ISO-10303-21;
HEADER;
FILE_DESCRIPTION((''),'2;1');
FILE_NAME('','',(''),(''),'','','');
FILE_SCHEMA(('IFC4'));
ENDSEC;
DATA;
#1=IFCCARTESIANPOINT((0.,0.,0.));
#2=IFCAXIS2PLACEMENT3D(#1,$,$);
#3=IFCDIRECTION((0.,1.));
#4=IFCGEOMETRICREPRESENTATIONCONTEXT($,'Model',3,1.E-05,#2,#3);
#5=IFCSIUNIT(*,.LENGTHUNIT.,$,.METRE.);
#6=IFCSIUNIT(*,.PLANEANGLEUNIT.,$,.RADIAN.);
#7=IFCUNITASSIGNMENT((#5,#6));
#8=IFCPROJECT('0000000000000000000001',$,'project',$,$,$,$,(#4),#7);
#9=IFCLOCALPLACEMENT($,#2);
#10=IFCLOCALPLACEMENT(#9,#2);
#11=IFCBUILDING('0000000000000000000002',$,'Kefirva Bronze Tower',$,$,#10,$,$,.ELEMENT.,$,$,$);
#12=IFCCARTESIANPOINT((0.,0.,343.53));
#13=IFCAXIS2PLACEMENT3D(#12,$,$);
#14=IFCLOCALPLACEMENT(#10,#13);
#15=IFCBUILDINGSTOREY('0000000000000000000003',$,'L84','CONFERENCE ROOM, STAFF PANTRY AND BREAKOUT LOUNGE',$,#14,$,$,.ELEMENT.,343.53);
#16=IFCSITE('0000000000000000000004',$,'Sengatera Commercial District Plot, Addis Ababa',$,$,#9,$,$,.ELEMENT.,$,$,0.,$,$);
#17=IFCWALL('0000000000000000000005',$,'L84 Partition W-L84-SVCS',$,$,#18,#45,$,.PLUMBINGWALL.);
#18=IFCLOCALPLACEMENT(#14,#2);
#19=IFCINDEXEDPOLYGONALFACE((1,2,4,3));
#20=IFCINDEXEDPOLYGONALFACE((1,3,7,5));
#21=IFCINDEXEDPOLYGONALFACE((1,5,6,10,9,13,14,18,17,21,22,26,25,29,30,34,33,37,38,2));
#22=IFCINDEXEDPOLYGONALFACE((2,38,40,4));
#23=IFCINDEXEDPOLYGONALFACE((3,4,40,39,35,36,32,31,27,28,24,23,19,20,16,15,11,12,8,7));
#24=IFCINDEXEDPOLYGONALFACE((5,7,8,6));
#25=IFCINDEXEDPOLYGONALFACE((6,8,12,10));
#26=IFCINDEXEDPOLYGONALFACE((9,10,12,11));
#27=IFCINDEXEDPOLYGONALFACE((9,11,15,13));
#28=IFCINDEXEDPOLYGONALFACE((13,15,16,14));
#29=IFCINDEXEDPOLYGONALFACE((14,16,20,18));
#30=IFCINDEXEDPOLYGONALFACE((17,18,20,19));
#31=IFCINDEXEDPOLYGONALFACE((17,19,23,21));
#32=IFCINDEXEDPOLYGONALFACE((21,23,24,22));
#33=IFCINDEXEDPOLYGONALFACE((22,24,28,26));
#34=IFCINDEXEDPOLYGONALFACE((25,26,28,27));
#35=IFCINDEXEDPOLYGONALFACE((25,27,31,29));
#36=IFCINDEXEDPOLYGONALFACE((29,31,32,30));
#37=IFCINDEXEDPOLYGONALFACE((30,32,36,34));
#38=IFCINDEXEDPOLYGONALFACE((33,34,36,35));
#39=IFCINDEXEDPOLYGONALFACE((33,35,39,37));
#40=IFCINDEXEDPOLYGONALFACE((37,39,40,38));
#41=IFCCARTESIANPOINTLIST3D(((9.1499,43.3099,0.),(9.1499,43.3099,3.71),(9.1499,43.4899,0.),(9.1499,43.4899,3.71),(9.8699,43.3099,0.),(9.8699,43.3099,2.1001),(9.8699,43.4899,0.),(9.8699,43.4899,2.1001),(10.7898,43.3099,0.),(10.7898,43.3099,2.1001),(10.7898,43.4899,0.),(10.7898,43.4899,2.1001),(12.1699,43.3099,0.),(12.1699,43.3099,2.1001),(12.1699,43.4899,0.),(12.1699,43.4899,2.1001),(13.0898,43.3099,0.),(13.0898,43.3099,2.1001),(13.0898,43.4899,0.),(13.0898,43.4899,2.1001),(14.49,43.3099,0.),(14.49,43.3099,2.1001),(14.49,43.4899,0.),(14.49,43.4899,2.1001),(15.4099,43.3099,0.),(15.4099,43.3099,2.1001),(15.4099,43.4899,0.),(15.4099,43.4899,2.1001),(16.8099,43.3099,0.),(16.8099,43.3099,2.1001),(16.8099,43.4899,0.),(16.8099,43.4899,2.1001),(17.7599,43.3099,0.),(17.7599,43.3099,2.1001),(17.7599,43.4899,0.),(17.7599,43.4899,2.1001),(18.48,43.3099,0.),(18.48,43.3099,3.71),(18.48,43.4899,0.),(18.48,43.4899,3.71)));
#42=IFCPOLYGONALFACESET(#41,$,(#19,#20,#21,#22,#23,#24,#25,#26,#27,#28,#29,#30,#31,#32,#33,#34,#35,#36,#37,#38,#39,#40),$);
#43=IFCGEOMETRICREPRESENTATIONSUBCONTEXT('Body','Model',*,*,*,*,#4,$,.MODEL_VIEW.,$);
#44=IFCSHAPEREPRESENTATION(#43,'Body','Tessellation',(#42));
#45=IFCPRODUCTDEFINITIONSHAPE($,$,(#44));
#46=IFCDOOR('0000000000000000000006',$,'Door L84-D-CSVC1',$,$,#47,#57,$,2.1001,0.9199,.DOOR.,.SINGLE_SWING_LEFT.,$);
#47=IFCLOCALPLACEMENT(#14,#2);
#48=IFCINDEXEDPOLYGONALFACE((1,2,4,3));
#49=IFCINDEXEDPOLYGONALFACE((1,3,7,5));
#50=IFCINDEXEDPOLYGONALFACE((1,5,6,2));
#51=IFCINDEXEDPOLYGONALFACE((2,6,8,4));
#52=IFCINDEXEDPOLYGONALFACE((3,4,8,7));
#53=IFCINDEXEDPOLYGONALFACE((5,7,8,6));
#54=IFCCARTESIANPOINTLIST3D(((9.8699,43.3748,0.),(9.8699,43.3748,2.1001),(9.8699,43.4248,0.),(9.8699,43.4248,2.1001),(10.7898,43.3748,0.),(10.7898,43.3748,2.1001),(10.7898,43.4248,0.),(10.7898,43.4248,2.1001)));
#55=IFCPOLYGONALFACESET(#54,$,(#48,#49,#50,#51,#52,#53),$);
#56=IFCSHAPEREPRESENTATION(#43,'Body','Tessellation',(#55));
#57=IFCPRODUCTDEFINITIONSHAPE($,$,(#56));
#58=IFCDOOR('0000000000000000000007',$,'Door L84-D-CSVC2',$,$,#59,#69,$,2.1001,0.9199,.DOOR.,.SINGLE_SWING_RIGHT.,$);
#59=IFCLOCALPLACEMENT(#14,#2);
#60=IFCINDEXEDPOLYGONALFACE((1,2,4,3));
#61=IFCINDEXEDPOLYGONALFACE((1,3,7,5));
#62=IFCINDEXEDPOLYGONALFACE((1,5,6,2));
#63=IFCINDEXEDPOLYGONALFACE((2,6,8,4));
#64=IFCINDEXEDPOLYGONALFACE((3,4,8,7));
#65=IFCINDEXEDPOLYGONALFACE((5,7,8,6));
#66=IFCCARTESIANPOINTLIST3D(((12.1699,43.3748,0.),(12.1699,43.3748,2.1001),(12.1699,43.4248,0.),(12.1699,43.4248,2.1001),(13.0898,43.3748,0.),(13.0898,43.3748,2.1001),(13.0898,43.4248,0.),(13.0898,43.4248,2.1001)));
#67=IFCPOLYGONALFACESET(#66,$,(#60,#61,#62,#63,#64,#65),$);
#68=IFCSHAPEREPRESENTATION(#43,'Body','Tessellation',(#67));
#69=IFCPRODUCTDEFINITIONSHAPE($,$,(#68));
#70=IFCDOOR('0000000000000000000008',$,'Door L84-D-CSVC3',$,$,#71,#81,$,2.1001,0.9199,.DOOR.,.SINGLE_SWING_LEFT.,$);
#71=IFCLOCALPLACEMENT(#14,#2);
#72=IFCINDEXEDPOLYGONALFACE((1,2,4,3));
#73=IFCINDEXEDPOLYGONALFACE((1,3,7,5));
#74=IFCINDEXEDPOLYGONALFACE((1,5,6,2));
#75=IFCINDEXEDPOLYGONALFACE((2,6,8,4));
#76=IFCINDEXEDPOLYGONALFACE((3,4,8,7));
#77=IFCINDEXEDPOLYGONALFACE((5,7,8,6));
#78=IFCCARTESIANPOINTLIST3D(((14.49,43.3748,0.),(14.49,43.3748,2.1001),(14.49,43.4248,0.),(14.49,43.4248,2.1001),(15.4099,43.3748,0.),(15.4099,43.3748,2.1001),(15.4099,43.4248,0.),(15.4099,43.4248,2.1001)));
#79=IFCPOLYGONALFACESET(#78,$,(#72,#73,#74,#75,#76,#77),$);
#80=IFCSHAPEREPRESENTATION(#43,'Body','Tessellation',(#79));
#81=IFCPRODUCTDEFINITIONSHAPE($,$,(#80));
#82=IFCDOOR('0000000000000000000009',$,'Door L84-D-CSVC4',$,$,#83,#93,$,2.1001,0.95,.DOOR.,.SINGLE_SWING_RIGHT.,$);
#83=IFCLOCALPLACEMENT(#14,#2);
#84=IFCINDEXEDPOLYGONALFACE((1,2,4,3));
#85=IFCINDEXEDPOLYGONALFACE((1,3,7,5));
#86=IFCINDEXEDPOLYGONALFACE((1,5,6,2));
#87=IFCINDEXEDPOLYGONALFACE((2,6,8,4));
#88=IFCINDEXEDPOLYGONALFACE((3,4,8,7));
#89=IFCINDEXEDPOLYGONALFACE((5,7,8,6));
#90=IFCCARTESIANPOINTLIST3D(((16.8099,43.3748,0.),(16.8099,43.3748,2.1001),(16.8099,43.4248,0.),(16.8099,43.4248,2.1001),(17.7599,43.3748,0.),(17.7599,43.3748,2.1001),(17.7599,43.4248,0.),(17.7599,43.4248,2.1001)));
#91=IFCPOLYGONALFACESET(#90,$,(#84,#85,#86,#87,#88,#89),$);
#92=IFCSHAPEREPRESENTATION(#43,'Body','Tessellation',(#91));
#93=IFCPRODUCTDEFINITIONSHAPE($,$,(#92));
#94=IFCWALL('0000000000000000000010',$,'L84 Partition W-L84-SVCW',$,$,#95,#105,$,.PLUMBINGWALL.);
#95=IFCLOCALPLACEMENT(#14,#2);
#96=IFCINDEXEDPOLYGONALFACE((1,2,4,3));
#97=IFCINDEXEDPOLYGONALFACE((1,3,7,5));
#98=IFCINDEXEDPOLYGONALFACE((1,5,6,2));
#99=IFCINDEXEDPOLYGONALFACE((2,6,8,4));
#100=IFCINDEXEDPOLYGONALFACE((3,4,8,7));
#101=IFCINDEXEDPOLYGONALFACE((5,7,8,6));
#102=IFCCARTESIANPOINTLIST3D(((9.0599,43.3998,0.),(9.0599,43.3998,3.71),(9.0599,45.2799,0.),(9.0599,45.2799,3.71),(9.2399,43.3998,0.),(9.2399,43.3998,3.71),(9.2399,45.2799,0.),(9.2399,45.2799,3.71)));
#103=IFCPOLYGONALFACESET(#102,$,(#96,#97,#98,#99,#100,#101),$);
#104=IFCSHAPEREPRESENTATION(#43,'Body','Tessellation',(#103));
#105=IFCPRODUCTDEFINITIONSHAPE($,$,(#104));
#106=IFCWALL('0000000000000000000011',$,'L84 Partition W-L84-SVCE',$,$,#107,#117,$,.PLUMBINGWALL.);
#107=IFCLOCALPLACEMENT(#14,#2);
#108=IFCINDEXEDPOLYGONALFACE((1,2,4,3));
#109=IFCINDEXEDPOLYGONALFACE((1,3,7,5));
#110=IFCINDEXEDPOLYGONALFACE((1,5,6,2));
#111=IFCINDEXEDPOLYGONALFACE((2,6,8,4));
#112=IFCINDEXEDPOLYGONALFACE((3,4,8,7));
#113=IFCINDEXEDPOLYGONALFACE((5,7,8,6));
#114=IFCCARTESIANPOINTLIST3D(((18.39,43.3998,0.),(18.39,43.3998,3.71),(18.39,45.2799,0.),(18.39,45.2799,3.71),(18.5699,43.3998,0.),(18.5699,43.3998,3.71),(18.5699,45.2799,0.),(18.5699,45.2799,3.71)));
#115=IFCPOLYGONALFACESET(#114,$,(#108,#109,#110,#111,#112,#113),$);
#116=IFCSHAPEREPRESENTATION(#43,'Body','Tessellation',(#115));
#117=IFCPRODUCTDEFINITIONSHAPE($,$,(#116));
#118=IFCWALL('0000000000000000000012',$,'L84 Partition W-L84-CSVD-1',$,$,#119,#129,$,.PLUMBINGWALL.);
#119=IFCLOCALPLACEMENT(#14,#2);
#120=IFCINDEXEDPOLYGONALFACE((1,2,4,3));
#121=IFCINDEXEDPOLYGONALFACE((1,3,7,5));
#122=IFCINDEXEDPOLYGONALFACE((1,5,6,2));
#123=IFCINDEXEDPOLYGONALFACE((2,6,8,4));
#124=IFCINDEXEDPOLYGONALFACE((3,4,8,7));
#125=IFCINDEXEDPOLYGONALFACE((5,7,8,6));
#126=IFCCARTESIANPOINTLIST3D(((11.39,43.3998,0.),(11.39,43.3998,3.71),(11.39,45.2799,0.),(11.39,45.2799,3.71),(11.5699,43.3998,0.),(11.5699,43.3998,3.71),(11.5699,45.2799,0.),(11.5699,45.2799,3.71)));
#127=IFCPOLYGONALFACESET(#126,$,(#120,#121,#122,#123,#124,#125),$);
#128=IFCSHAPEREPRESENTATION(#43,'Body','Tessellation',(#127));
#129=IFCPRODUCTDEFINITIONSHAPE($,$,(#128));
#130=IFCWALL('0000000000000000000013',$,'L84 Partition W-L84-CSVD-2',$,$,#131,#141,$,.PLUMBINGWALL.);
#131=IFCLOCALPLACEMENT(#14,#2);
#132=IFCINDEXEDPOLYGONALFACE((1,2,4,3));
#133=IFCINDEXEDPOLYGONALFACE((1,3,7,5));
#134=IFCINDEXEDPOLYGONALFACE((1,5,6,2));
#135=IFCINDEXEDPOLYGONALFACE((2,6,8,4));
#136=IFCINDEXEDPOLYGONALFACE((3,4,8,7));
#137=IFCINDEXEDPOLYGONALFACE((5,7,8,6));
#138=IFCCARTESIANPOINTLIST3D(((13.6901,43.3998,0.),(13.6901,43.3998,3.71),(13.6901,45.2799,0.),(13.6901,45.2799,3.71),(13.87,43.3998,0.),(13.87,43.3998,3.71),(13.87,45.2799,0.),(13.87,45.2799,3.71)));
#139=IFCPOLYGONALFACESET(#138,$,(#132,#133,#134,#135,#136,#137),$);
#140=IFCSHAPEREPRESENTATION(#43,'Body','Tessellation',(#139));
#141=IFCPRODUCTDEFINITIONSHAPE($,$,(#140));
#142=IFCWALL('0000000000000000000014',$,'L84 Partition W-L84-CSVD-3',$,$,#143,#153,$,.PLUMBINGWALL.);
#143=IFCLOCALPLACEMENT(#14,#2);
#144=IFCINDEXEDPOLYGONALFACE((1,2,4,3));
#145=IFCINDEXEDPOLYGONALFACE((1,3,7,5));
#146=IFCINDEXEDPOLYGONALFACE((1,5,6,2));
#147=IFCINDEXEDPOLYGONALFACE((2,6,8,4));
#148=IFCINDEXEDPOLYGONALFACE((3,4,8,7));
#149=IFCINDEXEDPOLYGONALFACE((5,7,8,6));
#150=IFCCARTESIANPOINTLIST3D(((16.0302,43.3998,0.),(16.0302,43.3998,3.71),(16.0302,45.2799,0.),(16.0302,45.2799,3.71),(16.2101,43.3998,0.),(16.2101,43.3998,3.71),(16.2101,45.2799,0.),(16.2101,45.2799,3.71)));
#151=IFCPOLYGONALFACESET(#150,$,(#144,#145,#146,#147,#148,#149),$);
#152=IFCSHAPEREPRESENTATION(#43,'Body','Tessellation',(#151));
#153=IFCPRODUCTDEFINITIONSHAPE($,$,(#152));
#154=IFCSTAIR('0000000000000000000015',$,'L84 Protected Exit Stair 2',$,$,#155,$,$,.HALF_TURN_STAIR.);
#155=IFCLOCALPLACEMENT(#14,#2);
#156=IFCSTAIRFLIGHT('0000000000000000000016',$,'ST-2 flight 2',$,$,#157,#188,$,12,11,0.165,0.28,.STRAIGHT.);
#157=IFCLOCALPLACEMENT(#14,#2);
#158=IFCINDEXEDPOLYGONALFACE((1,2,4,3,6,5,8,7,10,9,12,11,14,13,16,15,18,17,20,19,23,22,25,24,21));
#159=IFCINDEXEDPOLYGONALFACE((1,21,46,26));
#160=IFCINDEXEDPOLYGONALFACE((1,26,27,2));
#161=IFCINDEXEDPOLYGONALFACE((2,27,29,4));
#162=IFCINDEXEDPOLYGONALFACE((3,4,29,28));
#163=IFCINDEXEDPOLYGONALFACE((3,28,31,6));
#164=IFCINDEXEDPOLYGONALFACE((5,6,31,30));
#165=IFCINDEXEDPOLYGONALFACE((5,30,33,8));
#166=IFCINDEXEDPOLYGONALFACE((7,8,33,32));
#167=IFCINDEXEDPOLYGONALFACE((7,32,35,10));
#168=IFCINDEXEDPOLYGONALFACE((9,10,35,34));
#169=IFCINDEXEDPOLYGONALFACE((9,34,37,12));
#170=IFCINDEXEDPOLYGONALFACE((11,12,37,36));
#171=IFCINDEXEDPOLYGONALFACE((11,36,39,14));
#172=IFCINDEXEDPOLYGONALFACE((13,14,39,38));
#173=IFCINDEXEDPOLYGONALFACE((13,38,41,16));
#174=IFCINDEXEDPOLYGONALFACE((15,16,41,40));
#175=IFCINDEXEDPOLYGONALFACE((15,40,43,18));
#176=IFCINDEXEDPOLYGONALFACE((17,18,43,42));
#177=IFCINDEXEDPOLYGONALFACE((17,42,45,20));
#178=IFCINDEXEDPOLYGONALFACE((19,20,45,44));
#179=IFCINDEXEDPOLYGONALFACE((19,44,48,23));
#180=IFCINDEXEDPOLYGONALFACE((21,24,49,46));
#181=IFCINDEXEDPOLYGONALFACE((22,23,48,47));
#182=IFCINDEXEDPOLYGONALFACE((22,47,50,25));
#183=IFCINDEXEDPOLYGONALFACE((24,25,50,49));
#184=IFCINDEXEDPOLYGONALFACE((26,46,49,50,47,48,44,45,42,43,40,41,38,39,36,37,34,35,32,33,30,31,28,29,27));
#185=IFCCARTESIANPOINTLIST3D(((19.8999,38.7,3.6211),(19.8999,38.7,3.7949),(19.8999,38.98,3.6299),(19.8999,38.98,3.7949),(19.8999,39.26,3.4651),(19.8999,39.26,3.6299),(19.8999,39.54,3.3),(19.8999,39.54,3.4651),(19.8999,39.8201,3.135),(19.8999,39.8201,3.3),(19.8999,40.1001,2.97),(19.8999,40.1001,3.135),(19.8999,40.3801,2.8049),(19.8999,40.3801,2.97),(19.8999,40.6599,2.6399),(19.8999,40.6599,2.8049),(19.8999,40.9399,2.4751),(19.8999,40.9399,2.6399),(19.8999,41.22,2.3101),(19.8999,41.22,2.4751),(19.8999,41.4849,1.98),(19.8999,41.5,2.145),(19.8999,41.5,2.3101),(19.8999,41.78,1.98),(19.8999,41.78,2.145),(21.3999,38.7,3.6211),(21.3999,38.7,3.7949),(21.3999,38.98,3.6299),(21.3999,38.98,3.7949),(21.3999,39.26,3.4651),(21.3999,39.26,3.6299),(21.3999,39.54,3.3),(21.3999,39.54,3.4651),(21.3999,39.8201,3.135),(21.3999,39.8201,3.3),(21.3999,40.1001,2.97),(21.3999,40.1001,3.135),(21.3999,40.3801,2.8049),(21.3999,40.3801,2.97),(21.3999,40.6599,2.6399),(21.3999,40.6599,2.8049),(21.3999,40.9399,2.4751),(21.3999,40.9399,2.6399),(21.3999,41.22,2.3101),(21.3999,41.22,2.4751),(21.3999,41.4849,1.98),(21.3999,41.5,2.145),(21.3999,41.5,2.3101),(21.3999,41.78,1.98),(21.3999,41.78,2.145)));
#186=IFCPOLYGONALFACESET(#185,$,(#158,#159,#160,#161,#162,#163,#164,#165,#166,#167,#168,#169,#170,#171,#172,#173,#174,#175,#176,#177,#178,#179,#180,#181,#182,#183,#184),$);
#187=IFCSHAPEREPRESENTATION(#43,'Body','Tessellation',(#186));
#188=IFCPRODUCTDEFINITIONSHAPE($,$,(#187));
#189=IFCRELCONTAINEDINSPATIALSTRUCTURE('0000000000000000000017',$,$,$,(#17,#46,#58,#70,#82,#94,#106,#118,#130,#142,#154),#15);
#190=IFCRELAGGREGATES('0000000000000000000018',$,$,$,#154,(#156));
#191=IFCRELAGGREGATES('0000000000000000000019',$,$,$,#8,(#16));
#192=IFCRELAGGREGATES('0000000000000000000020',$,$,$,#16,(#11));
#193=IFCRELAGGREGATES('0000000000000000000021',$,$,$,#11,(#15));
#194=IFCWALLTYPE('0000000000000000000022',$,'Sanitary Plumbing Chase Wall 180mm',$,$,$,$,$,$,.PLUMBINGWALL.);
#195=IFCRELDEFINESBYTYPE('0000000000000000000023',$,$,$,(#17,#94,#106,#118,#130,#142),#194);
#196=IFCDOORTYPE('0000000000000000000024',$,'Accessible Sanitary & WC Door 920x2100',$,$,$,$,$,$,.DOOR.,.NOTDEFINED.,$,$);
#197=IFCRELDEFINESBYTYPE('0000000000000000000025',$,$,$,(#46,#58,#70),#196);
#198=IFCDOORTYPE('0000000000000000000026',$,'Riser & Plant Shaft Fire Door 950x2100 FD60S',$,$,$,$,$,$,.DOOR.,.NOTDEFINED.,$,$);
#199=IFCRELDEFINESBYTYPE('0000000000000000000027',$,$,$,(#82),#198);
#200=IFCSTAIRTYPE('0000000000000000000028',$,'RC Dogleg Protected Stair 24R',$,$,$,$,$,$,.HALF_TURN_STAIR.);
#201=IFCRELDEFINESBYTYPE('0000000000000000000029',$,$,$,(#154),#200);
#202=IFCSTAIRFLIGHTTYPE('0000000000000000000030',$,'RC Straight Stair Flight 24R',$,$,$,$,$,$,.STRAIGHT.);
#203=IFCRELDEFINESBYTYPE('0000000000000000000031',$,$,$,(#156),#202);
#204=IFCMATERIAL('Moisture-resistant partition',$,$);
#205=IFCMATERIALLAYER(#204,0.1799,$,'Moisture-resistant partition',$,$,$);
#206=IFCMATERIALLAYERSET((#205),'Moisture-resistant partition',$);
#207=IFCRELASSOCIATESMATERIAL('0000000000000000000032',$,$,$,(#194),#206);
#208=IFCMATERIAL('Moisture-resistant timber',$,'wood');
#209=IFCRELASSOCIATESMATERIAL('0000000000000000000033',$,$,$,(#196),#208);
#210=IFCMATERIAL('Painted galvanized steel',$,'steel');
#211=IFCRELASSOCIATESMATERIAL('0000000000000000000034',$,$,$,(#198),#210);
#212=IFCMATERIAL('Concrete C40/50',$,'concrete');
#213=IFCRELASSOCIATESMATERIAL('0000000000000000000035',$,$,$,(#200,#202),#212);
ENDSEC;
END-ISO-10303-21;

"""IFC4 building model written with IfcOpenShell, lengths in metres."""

from ifc_helpers import new_model, si_unit, direction, frame, frame_2d, origin, place, context, subcontext, project, spatial, polyline, rectangle, outline, extrude, material, layer, layer_set, type_object, element, fill, aggregate, save


model = new_model("IFC4")

# Units and contexts
model_context = context("Model", 3, precision=1e-05, world=origin(), true_north=direction((0.0, 1.0)))
body_context = subcontext(model_context, "Body", "Model", "MODEL_VIEW")
ifc_project = project(units=[si_unit("LENGTHUNIT", "METRE"), si_unit("PLANEANGLEUNIT", "RADIAN")], contexts=[model_context])

# Site, building, storey
site_placement = place(None, origin())
site = spatial("IfcSite", under=ifc_project, at=site_placement, Name="Sengatera Commercial District Plot, Addis Ababa", CompositionType="ELEMENT", RefElevation=0.0)
building_placement = place(site_placement, origin())
building = spatial("IfcBuilding", under=site, at=building_placement, Name="Kefirva Bronze Tower", CompositionType="ELEMENT")
storey_placement = place(building_placement, frame((0.0, 0.0, 343.53)))
storey = spatial("IfcBuildingStorey", under=building, at=storey_placement, Name="L84", Description="CONFERENCE ROOM, STAFF PANTRY AND BREAKOUT LOUNGE", CompositionType="ELEMENT", Elevation=343.53)

# Wall, openings, doors
ifc_material_1 = material(Name="Moisture-resistant partition")
ifc_layer_1 = layer(ifc_material_1, 0.1799, Name="Moisture-resistant partition")
ifc_layer_set_1 = layer_set([ifc_layer_1], Name="Moisture-resistant partition")
wall_type_1 = type_object("IfcWallType", Name="Sanitary Plumbing Chase Wall 180mm", PredefinedType="PLUMBINGWALL", material=ifc_layer_set_1)
wall_1_placement = place(storey_placement, frame((9.1499, 43.3999, 0.0), z_axis=(0.0, 0.0, 1.0), x_axis=(1.0, 0.0, 0.0)))
wall_1 = element("IfcWall", 1, at=wall_1_placement, inside=storey, type_object=wall_type_1, Name="L84 Partition W-L84-SVCS", PredefinedType="PLUMBINGWALL", context=body_context, shape_type="SweptSolid", body=[
    extrude(rectangle(XDim=9.3301, YDim=0.1799, at=frame_2d((4.665, 0.0))), origin(), (0.0, 0.0, 1.0), 3.71),
])
opening_1_placement = place(wall_1_placement, frame((0.72, 0.0, 0.0)))
opening_1 = element("IfcOpeningElement", 2, at=opening_1_placement, cuts=wall_1, PredefinedType="OPENING", context=body_context, shape_type="SweptSolid", body=[
    extrude(rectangle(XDim=0.9199, YDim=2.1001, at=frame_2d((0.46, 1.05))), frame((0.0, 0.1001, 0.0), z_axis=(0.0, -1.0, 0.0), x_axis=(1.0, 0.0, 0.0)), (0.0, 0.0, 1.0), 0.2),
])
opening_2_placement = place(wall_1_placement, frame((3.02, 0.0, 0.0)))
opening_2 = element("IfcOpeningElement", 3, at=opening_2_placement, cuts=wall_1, PredefinedType="OPENING", context=body_context, shape_type="SweptSolid", body=[
    extrude(rectangle(XDim=0.9199, YDim=2.1001, at=frame_2d((0.46, 1.05))), frame((0.0, 0.1001, 0.0), z_axis=(0.0, -1.0, 0.0), x_axis=(1.0, 0.0, 0.0)), (0.0, 0.0, 1.0), 0.2),
])
opening_3_placement = place(wall_1_placement, frame((5.3401, 0.0, 0.0)))
opening_3 = element("IfcOpeningElement", 4, at=opening_3_placement, cuts=wall_1, PredefinedType="OPENING", context=body_context, shape_type="SweptSolid", body=[
    extrude(rectangle(XDim=0.9199, YDim=2.1001, at=frame_2d((0.46, 1.05))), frame((0.0, 0.1001, 0.0), z_axis=(0.0, -1.0, 0.0), x_axis=(1.0, 0.0, 0.0)), (0.0, 0.0, 1.0), 0.2),
])
opening_4_placement = place(wall_1_placement, frame((7.6599, 0.0, 0.0)))
opening_4 = element("IfcOpeningElement", 5, at=opening_4_placement, cuts=wall_1, PredefinedType="OPENING", context=body_context, shape_type="SweptSolid", body=[
    extrude(rectangle(XDim=0.95, YDim=2.1001, at=frame_2d((0.4751, 1.05))), frame((0.0, 0.1001, 0.0), z_axis=(0.0, -1.0, 0.0), x_axis=(1.0, 0.0, 0.0)), (0.0, 0.0, 1.0), 0.2),
])
ifc_material_2 = material(Name="Moisture-resistant timber", Category="wood")
door_type_1 = type_object("IfcDoorType", Name="Accessible Sanitary & WC Door 920x2100", OperationType="NOTDEFINED", PredefinedType="DOOR", material=ifc_material_2)
door_1_placement = place(opening_1_placement, origin())
door_1 = element("IfcDoor", 6, at=door_1_placement, inside=storey, type_object=door_type_1, Name="Door L84-D-CSVC1", OperationType="SINGLE_SWING_LEFT", OverallHeight=2.1001, OverallWidth=0.9199, PredefinedType="DOOR", context=body_context, shape_type="SweptSolid", body=[
    extrude(rectangle(XDim=0.9199, YDim=2.1001, at=frame_2d((0.46, 1.05))), frame((0.0, 0.0249, 0.0), z_axis=(0.0, -1.0, 0.0), x_axis=(1.0, 0.0, 0.0)), (0.0, 0.0, 1.0), 0.05),
])
fill(opening_1, door_1)
door_2_placement = place(opening_2_placement, origin())
door_2 = element("IfcDoor", 7, at=door_2_placement, inside=storey, type_object=door_type_1, Name="Door L84-D-CSVC2", OperationType="SINGLE_SWING_RIGHT", OverallHeight=2.1001, OverallWidth=0.9199, PredefinedType="DOOR", context=body_context, shape_type="SweptSolid", body=[
    extrude(rectangle(XDim=0.9199, YDim=2.1001, at=frame_2d((0.46, 1.05))), frame((0.0, 0.0249, 0.0), z_axis=(0.0, -1.0, 0.0), x_axis=(1.0, 0.0, 0.0)), (0.0, 0.0, 1.0), 0.05),
])
fill(opening_2, door_2)
door_3_placement = place(opening_3_placement, origin())
door_3 = element("IfcDoor", 8, at=door_3_placement, inside=storey, type_object=door_type_1, Name="Door L84-D-CSVC3", OperationType="SINGLE_SWING_LEFT", OverallHeight=2.1001, OverallWidth=0.9199, PredefinedType="DOOR", context=body_context, shape_type="SweptSolid", body=[
    extrude(rectangle(XDim=0.9199, YDim=2.1001, at=frame_2d((0.46, 1.05))), frame((0.0, 0.0249, 0.0), z_axis=(0.0, -1.0, 0.0), x_axis=(1.0, 0.0, 0.0)), (0.0, 0.0, 1.0), 0.05),
])
fill(opening_3, door_3)
ifc_material_3 = material(Name="Painted galvanized steel", Category="steel")
door_type_2 = type_object("IfcDoorType", Name="Riser & Plant Shaft Fire Door 950x2100 FD60S", OperationType="NOTDEFINED", PredefinedType="DOOR", material=ifc_material_3)
door_4_placement = place(opening_4_placement, origin())
door_4 = element("IfcDoor", 9, at=door_4_placement, inside=storey, type_object=door_type_2, Name="Door L84-D-CSVC4", OperationType="SINGLE_SWING_RIGHT", OverallHeight=2.1001, OverallWidth=0.95, PredefinedType="DOOR", context=body_context, shape_type="SweptSolid", body=[
    extrude(rectangle(XDim=0.95, YDim=2.1001, at=frame_2d((0.4751, 1.05))), frame((0.0, 0.0249, 0.0), z_axis=(0.0, -1.0, 0.0), x_axis=(1.0, 0.0, 0.0)), (0.0, 0.0, 1.0), 0.05),
])
fill(opening_4, door_4)

# Walls
for number, where, z_axis, x_axis, name in (
    (10, (9.1499, 43.3999, 0.0), (0.0, 0.0, 1.0), (0.0, 1.0, 0.0), "L84 Partition W-L84-SVCW"),
    (11, (18.48, 43.3999, 0.0), (0.0, 0.0, 1.0), (0.0, 1.0, 0.0), "L84 Partition W-L84-SVCE"),
    (12, (11.48, 43.3999, 0.0), (0.0, 0.0, 1.0), (0.0, 1.0, 0.0), "L84 Partition W-L84-CSVD-1"),
    (13, (13.78, 43.3999, 0.0), (0.0, 0.0, 1.0), (0.0, 1.0, 0.0), "L84 Partition W-L84-CSVD-2"),
    (14, (16.1201, 43.3999, 0.0), (0.0, 0.0, 1.0), (0.0, 1.0, 0.0), "L84 Partition W-L84-CSVD-3"),
):
    element("IfcWall", number, at=place(storey_placement, frame(where, z_axis=z_axis, x_axis=x_axis)), inside=storey, type_object=wall_type_1, Name=name, PredefinedType="PLUMBINGWALL", context=body_context, shape_type="SweptSolid", body=[
        extrude(rectangle(XDim=1.8801, YDim=0.1799, at=frame_2d((0.9399, 0.0))), origin(), (0.0, 0.0, 1.0), 3.71),
    ])

# Stair, stair flight
ifc_material_4 = material(Name="Concrete C40/50", Category="concrete")
stair_type = type_object("IfcStairType", Name="RC Dogleg Protected Stair 24R", PredefinedType="HALF_TURN_STAIR", material=ifc_material_4)
stair_placement = place(storey_placement, origin())
stair = element("IfcStair", 15, at=stair_placement, inside=storey, type_object=stair_type, Name="L84 Protected Exit Stair 2", PredefinedType="HALF_TURN_STAIR")
stair_flight_type = type_object("IfcStairFlightType", Name="RC Straight Stair Flight 24R", PredefinedType="STRAIGHT", material=ifc_material_4)
stair_flight_placement = place(storey_placement, frame((20.6499, 41.78, 1.98), z_axis=(0.0, 0.0, 1.0), x_axis=(0.0, -1.0, 0.0)))
stair_flight = element("IfcStairFlight", 16, at=stair_flight_placement, type_object=stair_flight_type, Name="ST-2 flight 2", NumberOfRisers=12, NumberOfTreads=11, PredefinedType="STRAIGHT", RiserHeight=0.165, TreadLength=0.28, context=body_context, shape_type="SweptSolid", body=[
    extrude(outline(polyline([(0.0, 0.0), (0.0, 0.165), (0.28, 0.165), (0.28, 0.3301), (0.5601, 0.3301), (0.5601, 0.4951), (0.8401, 0.4951), (0.8401, 0.6599), (1.1201, 0.6599), (1.1201, 0.825), (1.3999, 0.825), (1.3999, 0.99), (1.6799, 0.99), (1.6799, 1.155), (1.96, 1.155), (1.96, 1.3201), (2.24, 1.3201), (2.24, 1.4851), (2.52, 1.4851), (2.52, 1.6499), (2.8, 1.6499), (2.8, 1.8149), (3.0801, 1.8149), (3.0801, 1.98), (3.0801, 1.6411), (0.2952, 0.0), (0.0, 0.0)])), frame((0.0, 0.75, 0.0), z_axis=(0.0, -1.0, 0.0), x_axis=(1.0, 0.0, 0.0)), (0.0, 0.0, 1.0), 1.5),
])
aggregate(stair, [stair_flight])

save(model, "model.ifc")
